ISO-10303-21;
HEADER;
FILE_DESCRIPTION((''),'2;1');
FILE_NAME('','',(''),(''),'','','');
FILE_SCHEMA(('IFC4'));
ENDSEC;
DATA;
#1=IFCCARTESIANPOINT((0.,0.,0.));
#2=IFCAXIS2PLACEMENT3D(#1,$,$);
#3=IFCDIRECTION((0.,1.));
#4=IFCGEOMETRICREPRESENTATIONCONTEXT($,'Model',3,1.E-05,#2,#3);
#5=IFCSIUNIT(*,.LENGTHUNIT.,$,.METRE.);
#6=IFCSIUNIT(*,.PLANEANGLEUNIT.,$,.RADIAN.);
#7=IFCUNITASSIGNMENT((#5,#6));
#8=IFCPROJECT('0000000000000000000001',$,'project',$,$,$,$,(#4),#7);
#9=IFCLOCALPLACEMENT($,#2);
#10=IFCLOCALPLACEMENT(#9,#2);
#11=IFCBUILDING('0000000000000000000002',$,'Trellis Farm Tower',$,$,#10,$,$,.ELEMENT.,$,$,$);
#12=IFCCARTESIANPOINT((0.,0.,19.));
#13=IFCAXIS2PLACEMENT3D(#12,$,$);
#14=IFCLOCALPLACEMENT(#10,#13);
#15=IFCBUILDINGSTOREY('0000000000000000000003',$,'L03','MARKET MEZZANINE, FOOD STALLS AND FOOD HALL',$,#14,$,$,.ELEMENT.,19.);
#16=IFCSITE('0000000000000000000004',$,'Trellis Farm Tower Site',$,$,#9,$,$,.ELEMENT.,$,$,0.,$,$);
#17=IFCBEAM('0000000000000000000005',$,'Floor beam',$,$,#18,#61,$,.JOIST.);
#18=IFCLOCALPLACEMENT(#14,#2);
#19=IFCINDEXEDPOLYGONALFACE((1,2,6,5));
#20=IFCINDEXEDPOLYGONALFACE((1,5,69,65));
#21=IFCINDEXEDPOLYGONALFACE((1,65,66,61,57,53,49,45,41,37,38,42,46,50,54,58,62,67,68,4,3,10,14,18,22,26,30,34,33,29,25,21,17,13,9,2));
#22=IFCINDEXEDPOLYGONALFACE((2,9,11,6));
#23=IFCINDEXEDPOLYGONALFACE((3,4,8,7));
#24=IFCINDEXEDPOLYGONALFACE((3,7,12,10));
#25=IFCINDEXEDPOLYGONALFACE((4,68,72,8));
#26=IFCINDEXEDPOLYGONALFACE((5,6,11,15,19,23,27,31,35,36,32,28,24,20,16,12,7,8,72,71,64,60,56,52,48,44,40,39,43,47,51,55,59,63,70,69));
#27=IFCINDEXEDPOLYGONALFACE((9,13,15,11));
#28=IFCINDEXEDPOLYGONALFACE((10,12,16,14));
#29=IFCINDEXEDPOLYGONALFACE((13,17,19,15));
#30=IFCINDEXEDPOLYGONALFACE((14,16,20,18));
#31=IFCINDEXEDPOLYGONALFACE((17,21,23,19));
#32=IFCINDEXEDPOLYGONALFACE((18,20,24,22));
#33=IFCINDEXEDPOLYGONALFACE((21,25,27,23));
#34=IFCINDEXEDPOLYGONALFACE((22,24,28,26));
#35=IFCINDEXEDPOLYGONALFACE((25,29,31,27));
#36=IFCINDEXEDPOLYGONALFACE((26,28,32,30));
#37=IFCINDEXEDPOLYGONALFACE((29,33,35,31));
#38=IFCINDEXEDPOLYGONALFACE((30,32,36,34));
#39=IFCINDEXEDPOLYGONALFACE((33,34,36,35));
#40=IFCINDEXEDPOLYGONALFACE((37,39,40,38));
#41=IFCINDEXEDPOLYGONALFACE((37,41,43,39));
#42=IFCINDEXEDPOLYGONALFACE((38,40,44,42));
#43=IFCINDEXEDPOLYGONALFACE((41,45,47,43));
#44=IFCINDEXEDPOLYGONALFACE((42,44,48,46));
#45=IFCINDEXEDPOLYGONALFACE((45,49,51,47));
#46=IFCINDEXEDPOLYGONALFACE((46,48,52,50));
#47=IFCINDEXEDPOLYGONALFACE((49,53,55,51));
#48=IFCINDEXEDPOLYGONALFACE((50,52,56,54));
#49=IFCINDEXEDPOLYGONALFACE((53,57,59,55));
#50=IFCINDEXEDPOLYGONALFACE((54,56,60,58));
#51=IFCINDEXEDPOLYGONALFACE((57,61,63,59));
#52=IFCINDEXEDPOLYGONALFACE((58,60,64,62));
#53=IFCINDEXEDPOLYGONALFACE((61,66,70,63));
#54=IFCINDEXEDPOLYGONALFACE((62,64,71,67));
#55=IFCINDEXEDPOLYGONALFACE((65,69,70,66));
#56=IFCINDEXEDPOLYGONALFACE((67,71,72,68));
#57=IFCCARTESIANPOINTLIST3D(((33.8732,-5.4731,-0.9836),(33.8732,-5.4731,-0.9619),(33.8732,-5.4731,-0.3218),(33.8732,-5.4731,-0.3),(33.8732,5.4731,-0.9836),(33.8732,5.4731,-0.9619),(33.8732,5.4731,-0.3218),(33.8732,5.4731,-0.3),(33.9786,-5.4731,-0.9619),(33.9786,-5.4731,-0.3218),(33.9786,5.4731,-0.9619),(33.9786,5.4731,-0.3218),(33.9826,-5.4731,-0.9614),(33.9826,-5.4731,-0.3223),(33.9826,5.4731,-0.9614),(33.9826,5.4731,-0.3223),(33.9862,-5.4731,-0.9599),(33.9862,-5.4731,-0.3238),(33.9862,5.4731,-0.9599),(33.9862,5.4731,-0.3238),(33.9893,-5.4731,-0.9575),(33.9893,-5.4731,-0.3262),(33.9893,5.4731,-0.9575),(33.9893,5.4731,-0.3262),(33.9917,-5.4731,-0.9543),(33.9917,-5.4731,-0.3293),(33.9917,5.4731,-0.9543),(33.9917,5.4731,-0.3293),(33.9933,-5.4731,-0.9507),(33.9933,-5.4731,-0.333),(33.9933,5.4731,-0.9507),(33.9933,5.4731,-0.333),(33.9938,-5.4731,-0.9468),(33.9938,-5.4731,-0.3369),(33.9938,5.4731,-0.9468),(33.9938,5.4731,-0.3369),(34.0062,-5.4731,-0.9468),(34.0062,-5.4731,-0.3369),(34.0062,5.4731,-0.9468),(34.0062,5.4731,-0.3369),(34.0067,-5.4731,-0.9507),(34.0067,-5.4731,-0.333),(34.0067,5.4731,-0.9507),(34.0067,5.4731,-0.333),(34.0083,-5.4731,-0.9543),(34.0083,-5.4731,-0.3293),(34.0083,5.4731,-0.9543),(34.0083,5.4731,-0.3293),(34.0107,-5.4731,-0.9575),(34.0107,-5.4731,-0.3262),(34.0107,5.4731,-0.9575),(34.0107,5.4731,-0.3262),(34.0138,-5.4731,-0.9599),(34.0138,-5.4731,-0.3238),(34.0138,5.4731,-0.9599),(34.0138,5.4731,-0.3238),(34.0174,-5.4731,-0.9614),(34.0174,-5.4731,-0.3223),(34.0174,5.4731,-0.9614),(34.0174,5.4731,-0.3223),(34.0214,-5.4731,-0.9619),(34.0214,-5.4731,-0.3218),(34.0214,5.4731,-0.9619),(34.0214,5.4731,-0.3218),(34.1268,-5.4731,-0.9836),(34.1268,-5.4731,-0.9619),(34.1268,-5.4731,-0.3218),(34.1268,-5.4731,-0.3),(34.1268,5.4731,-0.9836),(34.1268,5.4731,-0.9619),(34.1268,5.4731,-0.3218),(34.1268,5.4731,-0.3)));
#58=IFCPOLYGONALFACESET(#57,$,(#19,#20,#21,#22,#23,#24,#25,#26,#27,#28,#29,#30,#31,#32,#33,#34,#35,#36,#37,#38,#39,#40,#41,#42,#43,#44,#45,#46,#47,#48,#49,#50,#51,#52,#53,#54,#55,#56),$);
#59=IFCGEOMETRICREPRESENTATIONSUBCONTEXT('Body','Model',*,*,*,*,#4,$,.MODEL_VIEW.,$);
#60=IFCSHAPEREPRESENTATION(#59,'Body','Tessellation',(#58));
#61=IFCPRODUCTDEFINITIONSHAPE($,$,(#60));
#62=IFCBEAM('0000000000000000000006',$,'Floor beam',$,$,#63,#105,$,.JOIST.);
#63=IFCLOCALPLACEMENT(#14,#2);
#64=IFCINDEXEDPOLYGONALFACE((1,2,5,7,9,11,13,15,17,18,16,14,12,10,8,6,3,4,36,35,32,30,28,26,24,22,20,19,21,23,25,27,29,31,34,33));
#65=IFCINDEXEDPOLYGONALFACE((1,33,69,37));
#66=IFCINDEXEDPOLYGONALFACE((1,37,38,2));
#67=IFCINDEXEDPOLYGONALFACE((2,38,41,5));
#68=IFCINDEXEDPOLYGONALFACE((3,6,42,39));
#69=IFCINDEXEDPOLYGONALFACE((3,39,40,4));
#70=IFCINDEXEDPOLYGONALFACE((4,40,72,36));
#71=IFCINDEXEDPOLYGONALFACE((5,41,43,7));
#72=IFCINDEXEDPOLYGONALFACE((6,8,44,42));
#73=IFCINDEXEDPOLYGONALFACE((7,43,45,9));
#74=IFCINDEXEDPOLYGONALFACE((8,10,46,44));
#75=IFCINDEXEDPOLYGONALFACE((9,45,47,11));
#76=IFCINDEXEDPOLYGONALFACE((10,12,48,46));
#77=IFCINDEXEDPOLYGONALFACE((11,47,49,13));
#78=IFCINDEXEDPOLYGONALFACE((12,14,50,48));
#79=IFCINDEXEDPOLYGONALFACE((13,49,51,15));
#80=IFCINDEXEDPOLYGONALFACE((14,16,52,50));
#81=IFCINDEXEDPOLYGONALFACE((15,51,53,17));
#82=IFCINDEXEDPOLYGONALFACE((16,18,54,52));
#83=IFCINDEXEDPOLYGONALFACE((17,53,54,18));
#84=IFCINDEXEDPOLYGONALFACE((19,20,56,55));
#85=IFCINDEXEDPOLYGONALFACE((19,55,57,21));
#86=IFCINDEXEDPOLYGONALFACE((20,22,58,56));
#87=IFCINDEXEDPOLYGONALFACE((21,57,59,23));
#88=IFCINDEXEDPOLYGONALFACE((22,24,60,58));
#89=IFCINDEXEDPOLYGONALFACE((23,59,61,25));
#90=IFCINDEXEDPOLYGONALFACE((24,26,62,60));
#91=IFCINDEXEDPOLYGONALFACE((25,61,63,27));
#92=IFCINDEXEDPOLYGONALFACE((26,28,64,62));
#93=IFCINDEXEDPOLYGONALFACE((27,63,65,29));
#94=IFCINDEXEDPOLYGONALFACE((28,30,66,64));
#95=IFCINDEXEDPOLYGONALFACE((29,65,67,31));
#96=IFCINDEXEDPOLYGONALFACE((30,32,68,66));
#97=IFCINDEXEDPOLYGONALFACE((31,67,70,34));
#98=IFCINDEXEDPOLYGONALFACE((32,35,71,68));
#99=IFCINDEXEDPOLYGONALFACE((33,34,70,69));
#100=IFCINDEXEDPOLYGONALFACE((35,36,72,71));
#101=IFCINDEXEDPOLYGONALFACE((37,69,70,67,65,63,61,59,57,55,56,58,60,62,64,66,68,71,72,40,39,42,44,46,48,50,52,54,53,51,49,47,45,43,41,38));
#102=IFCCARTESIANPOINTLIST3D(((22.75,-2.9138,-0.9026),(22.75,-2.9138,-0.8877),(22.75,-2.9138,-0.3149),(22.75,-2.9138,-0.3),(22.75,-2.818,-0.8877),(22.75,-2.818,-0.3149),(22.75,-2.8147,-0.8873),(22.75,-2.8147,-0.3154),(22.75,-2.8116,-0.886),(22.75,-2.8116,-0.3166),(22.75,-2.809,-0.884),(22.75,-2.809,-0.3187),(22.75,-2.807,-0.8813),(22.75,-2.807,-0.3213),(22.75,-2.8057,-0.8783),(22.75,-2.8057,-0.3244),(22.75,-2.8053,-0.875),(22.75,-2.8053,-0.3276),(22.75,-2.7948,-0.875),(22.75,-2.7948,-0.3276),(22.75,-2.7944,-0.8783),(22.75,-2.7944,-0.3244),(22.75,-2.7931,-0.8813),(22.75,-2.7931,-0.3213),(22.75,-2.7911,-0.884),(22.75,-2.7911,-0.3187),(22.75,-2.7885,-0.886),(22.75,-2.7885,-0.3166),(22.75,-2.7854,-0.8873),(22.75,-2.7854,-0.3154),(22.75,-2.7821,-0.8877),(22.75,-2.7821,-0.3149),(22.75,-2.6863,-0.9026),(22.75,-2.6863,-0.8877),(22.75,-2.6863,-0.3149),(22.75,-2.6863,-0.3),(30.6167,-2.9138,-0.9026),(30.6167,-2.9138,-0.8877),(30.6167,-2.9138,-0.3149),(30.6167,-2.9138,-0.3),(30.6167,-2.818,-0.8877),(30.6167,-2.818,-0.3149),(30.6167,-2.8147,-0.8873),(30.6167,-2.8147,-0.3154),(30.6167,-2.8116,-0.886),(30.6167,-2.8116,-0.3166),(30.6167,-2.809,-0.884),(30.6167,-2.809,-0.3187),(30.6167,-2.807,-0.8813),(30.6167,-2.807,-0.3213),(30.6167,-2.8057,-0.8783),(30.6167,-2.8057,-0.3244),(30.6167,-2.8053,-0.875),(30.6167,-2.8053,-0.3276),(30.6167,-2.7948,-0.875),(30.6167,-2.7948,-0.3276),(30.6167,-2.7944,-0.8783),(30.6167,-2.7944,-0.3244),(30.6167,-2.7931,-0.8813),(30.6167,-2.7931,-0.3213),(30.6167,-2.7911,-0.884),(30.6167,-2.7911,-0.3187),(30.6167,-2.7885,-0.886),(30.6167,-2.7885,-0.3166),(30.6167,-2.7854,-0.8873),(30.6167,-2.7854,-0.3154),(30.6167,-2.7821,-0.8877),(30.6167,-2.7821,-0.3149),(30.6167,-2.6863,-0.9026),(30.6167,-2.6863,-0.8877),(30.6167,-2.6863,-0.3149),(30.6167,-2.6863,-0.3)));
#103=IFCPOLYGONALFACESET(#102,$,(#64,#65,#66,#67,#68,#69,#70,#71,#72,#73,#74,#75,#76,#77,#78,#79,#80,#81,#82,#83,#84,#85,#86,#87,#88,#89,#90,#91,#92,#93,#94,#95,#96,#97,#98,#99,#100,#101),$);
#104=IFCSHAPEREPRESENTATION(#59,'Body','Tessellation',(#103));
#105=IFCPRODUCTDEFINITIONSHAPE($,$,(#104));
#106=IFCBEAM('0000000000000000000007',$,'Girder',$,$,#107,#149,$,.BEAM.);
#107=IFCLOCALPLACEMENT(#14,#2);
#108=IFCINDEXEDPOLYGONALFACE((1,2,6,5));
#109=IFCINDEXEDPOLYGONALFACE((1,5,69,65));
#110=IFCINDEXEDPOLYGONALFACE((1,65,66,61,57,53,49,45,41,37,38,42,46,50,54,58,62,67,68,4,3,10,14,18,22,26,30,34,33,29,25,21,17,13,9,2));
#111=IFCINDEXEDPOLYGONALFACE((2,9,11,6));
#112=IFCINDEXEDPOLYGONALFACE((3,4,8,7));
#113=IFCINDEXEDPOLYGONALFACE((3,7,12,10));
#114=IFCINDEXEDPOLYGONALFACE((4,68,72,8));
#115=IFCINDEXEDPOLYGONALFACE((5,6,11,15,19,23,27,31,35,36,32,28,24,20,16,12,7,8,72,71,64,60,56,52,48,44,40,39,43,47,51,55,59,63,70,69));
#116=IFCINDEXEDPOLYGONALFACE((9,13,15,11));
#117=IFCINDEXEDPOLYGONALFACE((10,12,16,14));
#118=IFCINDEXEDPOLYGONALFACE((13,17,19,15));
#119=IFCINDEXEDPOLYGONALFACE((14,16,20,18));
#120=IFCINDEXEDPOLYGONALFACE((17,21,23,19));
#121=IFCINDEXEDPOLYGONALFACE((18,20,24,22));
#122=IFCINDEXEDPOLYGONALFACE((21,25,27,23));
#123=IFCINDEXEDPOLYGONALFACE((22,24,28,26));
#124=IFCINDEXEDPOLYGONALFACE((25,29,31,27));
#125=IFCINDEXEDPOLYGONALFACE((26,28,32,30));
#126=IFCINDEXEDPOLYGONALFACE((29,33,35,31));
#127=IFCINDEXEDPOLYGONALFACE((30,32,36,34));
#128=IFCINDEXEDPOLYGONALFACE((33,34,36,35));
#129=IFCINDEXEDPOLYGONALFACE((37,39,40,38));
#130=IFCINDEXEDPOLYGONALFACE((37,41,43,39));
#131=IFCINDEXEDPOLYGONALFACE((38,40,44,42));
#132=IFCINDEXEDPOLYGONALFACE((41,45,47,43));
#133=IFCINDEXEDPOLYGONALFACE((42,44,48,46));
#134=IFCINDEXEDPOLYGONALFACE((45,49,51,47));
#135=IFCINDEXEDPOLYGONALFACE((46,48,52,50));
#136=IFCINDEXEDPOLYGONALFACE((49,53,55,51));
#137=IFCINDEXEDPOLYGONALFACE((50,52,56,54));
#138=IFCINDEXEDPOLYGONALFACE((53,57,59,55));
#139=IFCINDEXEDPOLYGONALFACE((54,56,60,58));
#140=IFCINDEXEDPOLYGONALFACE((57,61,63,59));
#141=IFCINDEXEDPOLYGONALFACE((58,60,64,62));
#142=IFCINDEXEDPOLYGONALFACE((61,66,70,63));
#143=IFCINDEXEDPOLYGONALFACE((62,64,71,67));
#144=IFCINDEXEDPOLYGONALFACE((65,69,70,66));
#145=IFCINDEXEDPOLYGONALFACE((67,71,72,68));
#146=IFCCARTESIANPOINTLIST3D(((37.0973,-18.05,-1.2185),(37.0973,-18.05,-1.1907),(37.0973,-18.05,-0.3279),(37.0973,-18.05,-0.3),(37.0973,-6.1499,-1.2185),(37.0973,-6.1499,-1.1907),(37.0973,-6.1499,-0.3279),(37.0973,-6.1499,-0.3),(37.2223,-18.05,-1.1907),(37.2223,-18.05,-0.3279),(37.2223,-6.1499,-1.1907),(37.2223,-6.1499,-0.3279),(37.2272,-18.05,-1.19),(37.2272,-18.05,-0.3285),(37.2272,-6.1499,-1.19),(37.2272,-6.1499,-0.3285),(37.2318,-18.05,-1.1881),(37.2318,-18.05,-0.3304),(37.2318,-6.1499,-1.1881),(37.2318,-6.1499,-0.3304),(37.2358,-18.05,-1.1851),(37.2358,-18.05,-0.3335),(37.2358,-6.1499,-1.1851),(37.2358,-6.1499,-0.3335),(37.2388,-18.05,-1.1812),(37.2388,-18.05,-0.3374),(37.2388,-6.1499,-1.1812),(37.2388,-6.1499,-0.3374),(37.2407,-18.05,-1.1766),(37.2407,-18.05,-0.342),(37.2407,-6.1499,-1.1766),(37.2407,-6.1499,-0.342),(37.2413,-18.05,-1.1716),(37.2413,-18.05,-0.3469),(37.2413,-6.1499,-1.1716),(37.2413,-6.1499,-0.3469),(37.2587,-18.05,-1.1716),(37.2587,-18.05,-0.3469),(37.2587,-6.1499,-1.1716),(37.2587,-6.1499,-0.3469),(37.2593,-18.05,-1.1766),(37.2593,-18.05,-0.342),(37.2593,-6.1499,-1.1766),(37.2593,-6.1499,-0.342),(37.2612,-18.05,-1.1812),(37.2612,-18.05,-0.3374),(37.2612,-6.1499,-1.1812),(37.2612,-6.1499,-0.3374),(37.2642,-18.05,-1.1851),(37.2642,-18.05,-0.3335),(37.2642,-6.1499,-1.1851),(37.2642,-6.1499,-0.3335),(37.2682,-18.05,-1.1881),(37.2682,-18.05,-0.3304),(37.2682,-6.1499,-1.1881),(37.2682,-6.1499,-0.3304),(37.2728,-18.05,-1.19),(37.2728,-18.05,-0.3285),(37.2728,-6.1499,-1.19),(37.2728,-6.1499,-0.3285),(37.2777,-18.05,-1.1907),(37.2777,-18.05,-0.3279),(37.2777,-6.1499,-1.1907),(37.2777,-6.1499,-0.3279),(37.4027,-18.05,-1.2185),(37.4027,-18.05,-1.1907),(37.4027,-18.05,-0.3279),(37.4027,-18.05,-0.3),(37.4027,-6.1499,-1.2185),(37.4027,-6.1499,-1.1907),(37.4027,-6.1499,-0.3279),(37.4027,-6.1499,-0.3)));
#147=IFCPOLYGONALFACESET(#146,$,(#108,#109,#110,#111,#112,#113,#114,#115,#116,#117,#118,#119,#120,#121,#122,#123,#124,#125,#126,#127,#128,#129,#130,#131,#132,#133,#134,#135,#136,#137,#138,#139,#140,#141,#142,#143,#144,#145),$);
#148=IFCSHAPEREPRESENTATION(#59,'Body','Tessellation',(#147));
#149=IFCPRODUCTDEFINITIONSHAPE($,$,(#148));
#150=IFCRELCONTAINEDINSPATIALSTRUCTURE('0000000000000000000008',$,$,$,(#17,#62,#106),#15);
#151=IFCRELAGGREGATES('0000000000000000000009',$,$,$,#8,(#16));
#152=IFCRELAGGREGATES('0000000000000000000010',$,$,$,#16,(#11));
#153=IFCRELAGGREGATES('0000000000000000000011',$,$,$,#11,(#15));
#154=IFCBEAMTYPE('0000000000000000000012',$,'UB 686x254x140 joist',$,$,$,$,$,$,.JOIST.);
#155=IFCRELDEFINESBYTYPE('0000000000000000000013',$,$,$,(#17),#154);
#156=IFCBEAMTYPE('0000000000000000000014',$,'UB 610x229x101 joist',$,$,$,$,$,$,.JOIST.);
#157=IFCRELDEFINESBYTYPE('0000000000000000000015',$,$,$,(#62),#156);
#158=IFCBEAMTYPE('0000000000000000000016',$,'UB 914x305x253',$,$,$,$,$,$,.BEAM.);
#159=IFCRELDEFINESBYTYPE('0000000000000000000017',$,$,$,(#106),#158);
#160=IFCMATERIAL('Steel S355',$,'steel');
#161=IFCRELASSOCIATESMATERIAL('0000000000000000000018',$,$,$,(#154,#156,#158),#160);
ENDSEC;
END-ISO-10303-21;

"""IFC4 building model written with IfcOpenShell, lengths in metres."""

from ifc_helpers import new_model, si_unit, direction, frame, origin, origin_2d, place, context, subcontext, project, spatial, i_section, extrude, source, transform, mapped, material, material_profile, profile_set, type_object, element, save


model = new_model("IFC4")

# Units and contexts
model_context = context("Model", 3, precision=1e-05, world=origin(), true_north=direction((0.0, 1.0)))
body_context = subcontext(model_context, "Body", "Model", "MODEL_VIEW")
ifc_project = project(units=[si_unit("LENGTHUNIT", "METRE"), si_unit("PLANEANGLEUNIT", "RADIAN")], contexts=[model_context])

# Site, building, storey
site_placement = place(None, origin())
site = spatial("IfcSite", under=ifc_project, at=site_placement, Name="Trellis Farm Tower Site", CompositionType="ELEMENT", RefElevation=0.0)
building_placement = place(site_placement, origin())
building = spatial("IfcBuilding", under=site, at=building_placement, Name="Trellis Farm Tower", CompositionType="ELEMENT")
storey_placement = place(building_placement, frame((0.0, 0.0, 19.0)))
storey = spatial("IfcBuildingStorey", under=building, at=storey_placement, Name="L03", Description="MARKET MEZZANINE, FOOD STALLS AND FOOD HALL", CompositionType="ELEMENT", Elevation=19.0)

# Beams
ifc_material_1 = material(Name="Steel S355", Category="steel")
ifc_material_profile_1 = material_profile(ifc_material_1, i_section(OverallWidth=0.2537, OverallDepth=0.6836, WebThickness=0.0125, FlangeThickness=0.0217, FilletRadius=0.0151, at=origin_2d()), Name="UB 686x254x140")
ifc_profile_set_1 = profile_set([ifc_material_profile_1], Name="Steel S355")
beam_type_1 = type_object("IfcBeamType", Name="UB 686x254x140 joist", PredefinedType="JOIST", material=ifc_profile_set_1)
shared_shape_1 = source(origin(), body_context, "Body", "SweptSolid", [
    extrude(i_section(OverallWidth=0.2537, OverallDepth=0.6836, WebThickness=0.0125, FlangeThickness=0.0217, FilletRadius=0.0151, at=origin_2d()), origin(), (0.0, 0.0, 1.0), 10.9463),
])
beam_1_placement = place(storey_placement, frame((34.0, -5.4731, -0.6418), z_axis=(0.0, 1.0, 0.0), x_axis=(-1.0, 0.0, 0.0)))
element("IfcBeam", 1, at=beam_1_placement, inside=storey, type_object=beam_type_1, Name="Floor beam", PredefinedType="JOIST", context=body_context, shape_type="MappedRepresentation", body=[
    mapped(shared_shape_1, transform((0.0, 0.0, 0.0))),
])
ifc_material_profile_2 = material_profile(ifc_material_1, i_section(OverallWidth=0.2275, OverallDepth=0.6025, WebThickness=0.0105, FlangeThickness=0.0149, FilletRadius=0.0127, at=origin_2d()), Name="UB 610x229x101")
ifc_profile_set_2 = profile_set([ifc_material_profile_2], Name="Steel S355")
beam_type_2 = type_object("IfcBeamType", Name="UB 610x229x101 joist", PredefinedType="JOIST", material=ifc_profile_set_2)
shared_shape_2 = source(origin(), body_context, "Body", "SweptSolid", [
    extrude(i_section(OverallWidth=0.2275, OverallDepth=0.6025, WebThickness=0.0105, FlangeThickness=0.0149, FilletRadius=0.0127, at=origin_2d()), origin(), (0.0, 0.0, 1.0), 7.8667),
])
beam_2_placement = place(storey_placement, frame((22.75, -2.8, -0.6013), z_axis=(1.0, 0.0, 0.0), x_axis=(0.0, 1.0, 0.0)))
element("IfcBeam", 2, at=beam_2_placement, inside=storey, type_object=beam_type_2, Name="Floor beam", PredefinedType="JOIST", context=body_context, shape_type="MappedRepresentation", body=[
    mapped(shared_shape_2, transform((0.0, 0.0, 0.0))),
])
ifc_material_profile_3 = material_profile(ifc_material_1, i_section(OverallWidth=0.3054, OverallDepth=0.9185, WebThickness=0.0173, FlangeThickness=0.0278, FilletRadius=0.019, at=origin_2d()), Name="UB 914x305x253")
ifc_profile_set_3 = profile_set([ifc_material_profile_3], Name="Steel S355")
beam_type_3 = type_object("IfcBeamType", Name="UB 914x305x253", PredefinedType="BEAM", material=ifc_profile_set_3)
shared_shape_3 = source(origin(), body_context, "Body", "SweptSolid", [
    extrude(i_section(OverallWidth=0.3054, OverallDepth=0.9185, WebThickness=0.0173, FlangeThickness=0.0278, FilletRadius=0.019, at=origin_2d()), origin(), (0.0, 0.0, 1.0), 11.9001),
])
beam_3_placement = place(storey_placement, frame((37.25, -18.05, -0.7593), z_axis=(0.0, 1.0, 0.0), x_axis=(-1.0, 0.0, 0.0)))
element("IfcBeam", 3, at=beam_3_placement, inside=storey, type_object=beam_type_3, Name="Girder", PredefinedType="BEAM", context=body_context, shape_type="MappedRepresentation", body=[
    mapped(shared_shape_3, transform((0.0, 0.0, 0.0))),
])

save(model, "model.ifc")
